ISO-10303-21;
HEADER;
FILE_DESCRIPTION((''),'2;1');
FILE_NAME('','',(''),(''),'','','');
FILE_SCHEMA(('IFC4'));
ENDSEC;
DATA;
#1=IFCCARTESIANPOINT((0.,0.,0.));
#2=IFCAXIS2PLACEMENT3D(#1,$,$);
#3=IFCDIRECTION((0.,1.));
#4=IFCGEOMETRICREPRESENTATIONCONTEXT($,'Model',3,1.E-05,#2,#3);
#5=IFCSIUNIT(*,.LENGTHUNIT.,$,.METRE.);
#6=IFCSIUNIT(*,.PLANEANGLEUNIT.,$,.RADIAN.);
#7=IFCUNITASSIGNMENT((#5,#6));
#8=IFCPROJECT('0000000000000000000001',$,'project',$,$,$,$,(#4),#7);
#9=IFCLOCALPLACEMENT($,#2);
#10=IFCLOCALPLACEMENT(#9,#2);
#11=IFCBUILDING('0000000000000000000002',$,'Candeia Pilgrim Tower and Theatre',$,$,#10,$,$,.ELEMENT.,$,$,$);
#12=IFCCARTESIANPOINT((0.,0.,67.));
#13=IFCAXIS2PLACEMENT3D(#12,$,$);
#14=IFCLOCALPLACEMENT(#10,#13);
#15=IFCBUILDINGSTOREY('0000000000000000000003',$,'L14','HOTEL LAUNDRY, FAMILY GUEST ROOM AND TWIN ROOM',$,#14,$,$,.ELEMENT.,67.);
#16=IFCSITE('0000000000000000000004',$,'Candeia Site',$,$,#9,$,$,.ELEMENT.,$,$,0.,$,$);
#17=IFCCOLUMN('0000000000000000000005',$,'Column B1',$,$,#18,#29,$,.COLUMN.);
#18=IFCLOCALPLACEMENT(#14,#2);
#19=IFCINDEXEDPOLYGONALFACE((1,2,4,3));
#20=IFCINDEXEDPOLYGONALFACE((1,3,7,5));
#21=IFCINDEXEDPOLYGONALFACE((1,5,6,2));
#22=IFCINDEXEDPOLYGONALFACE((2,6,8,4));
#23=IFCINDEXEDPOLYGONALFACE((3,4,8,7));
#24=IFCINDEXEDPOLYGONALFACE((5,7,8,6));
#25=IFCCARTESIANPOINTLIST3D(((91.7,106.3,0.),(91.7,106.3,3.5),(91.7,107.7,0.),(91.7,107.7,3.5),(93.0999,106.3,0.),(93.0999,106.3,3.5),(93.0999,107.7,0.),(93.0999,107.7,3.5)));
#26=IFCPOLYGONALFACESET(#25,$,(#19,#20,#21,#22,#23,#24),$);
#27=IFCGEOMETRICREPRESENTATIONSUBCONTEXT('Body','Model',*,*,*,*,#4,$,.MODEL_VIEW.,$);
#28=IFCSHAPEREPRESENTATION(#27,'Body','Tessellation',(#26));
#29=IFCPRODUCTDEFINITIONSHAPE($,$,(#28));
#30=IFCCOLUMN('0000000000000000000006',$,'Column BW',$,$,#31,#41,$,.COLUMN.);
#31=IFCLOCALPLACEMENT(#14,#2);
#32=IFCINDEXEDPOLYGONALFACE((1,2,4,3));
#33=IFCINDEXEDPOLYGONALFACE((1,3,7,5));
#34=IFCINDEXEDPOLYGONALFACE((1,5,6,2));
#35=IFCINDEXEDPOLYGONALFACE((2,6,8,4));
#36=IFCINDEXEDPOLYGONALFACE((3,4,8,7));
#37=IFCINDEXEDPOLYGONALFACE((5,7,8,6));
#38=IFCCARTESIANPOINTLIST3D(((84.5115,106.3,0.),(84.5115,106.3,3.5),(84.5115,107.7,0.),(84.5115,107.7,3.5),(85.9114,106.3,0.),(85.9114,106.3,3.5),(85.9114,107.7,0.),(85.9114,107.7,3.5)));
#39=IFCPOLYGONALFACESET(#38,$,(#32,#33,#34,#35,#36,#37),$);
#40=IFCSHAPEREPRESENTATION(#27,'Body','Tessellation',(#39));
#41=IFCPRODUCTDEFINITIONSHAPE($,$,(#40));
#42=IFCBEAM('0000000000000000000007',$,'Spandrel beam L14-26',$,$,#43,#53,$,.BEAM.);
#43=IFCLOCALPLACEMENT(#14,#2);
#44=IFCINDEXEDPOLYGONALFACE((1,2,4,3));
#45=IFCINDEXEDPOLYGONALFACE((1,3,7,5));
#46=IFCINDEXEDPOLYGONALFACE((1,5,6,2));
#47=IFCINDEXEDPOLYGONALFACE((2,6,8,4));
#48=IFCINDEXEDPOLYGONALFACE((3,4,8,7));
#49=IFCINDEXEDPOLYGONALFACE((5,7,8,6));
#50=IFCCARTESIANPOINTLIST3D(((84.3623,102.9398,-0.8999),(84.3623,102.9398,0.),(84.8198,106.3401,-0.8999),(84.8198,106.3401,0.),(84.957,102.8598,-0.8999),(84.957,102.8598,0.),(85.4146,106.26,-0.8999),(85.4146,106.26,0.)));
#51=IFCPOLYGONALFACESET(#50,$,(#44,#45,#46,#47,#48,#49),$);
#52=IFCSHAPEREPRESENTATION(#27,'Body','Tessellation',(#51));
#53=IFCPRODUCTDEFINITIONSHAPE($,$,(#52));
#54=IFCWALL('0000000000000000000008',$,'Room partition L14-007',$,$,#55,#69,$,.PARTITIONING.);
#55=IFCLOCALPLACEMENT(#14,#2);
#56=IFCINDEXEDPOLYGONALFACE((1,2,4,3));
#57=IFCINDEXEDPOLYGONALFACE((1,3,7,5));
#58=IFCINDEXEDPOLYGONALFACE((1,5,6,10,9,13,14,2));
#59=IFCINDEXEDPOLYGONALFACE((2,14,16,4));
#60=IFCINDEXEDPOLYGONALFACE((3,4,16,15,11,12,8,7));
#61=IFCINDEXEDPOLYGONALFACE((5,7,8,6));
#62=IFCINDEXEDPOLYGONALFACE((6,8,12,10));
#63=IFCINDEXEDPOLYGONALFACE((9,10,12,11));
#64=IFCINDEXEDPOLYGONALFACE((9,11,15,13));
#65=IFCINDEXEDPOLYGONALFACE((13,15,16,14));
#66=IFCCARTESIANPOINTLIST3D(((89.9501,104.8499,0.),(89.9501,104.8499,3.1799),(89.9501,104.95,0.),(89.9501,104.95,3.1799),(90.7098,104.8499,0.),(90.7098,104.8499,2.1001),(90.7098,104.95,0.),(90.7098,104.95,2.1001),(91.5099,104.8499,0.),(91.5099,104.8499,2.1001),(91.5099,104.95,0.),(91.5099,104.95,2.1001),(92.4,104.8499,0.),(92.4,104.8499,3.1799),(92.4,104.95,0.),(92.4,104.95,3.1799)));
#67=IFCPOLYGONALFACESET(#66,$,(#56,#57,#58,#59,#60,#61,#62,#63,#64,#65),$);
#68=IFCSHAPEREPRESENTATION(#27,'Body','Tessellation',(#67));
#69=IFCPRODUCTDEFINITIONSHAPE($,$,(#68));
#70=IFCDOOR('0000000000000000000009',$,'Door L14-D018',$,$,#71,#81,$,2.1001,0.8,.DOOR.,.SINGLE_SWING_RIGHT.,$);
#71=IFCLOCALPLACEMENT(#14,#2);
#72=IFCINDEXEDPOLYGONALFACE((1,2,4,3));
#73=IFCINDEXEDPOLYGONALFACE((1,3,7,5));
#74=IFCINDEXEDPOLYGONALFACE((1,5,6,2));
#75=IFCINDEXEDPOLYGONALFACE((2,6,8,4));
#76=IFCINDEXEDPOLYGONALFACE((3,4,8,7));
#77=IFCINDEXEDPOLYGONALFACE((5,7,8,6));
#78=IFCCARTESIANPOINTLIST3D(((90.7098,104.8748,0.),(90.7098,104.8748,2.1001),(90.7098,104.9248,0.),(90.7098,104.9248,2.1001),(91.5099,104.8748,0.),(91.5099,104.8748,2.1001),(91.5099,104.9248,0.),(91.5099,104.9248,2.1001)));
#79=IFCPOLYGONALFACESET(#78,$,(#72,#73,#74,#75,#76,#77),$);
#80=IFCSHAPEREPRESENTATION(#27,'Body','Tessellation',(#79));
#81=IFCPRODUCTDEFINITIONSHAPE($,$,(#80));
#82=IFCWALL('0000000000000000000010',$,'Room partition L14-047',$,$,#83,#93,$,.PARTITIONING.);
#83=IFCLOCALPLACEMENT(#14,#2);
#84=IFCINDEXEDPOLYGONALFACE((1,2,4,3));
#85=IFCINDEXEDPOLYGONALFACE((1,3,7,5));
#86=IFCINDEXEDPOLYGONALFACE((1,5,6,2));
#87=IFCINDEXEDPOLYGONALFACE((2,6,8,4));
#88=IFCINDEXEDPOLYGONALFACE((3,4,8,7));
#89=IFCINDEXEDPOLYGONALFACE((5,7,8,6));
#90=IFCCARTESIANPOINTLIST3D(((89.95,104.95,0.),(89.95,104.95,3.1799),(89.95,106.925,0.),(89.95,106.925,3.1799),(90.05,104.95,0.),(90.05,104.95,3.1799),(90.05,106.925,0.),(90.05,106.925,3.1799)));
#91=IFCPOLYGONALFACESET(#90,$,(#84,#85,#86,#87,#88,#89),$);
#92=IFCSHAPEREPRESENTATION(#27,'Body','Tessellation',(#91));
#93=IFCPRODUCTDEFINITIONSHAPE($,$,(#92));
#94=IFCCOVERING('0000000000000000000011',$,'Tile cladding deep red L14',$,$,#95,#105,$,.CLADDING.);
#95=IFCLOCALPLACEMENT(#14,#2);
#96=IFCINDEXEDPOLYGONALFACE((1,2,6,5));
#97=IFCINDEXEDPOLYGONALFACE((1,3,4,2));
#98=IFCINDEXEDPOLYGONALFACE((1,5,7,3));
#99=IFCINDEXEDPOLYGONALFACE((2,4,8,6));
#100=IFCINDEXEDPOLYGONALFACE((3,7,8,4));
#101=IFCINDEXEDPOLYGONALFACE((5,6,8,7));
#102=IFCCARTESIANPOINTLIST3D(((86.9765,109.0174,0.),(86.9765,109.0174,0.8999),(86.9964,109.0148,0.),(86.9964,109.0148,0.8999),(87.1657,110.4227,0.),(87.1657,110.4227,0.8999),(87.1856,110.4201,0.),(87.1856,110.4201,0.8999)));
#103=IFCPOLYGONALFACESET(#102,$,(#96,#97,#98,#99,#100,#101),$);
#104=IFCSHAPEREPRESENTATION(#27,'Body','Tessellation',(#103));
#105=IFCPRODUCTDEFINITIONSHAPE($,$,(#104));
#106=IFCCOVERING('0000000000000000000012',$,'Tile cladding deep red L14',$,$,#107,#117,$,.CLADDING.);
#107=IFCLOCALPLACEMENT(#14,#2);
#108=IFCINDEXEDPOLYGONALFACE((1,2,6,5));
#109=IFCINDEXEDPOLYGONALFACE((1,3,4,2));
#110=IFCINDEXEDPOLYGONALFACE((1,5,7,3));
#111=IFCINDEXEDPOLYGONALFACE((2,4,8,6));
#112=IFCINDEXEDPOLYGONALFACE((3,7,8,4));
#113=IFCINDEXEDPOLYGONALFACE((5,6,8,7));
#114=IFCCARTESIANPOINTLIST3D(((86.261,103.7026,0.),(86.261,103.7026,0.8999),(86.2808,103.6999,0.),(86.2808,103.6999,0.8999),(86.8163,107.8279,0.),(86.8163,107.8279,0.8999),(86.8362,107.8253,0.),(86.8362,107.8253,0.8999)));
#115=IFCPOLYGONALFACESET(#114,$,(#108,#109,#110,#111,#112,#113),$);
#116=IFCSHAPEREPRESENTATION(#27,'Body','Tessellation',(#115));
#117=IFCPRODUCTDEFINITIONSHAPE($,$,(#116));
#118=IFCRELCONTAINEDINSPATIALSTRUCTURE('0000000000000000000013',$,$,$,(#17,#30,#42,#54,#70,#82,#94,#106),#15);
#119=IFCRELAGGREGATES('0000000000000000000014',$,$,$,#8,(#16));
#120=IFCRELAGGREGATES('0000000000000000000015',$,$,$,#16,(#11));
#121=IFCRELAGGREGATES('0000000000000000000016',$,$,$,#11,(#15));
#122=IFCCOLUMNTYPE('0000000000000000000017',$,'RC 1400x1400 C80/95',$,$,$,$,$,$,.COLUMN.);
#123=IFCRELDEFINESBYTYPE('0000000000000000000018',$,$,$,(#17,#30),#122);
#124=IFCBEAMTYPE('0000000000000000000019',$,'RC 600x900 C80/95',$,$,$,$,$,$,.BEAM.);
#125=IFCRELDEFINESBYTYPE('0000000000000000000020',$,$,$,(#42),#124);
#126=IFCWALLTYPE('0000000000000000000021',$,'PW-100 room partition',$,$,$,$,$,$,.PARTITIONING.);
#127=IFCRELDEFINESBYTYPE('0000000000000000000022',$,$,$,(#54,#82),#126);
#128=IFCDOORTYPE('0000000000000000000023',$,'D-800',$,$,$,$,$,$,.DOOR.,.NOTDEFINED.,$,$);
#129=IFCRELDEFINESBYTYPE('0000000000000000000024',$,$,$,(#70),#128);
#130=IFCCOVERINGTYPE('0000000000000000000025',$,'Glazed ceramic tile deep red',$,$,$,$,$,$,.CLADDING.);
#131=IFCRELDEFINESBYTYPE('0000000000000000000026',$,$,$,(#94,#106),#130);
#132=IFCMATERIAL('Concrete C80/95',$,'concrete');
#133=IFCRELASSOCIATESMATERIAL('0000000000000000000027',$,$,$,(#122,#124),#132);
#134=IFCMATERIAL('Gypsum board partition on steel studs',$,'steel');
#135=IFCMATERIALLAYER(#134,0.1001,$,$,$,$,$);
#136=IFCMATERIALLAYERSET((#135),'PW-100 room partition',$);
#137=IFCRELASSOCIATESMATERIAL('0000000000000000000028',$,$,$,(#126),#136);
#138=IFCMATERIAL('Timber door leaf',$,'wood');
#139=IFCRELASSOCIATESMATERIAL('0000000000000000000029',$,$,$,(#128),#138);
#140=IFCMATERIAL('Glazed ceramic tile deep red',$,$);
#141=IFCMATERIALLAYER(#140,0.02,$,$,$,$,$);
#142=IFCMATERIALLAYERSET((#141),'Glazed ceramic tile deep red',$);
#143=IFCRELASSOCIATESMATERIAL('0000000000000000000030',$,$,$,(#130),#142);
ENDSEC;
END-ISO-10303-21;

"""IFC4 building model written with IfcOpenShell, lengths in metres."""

from ifc_helpers import new_model, si_unit, direction, frame, frame_2d, origin, origin_2d, place, context, subcontext, project, spatial, rectangle, extrude, material, layer, layer_set, material_profile, profile_set, type_object, element, fill, save


model = new_model("IFC4")

# Units and contexts
model_context = context("Model", 3, precision=1e-05, world=origin(), true_north=direction((0.0, 1.0)))
body_context = subcontext(model_context, "Body", "Model", "MODEL_VIEW")
ifc_project = project(units=[si_unit("LENGTHUNIT", "METRE"), si_unit("PLANEANGLEUNIT", "RADIAN")], contexts=[model_context])

# Site, building, storey
site_placement = place(None, origin())
site = spatial("IfcSite", under=ifc_project, at=site_placement, Name="Candeia Site", CompositionType="ELEMENT", RefElevation=0.0)
building_placement = place(site_placement, origin())
building = spatial("IfcBuilding", under=site, at=building_placement, Name="Candeia Pilgrim Tower and Theatre", CompositionType="ELEMENT")
storey_placement = place(building_placement, frame((0.0, 0.0, 67.0)))
storey = spatial("IfcBuildingStorey", under=building, at=storey_placement, Name="L14", Description="HOTEL LAUNDRY, FAMILY GUEST ROOM AND TWIN ROOM", CompositionType="ELEMENT", Elevation=67.0)

# Columns
ifc_material_1 = material(Name="Concrete C80/95", Category="concrete")
ifc_material_profile_1 = material_profile(ifc_material_1, rectangle(XDim=1.3999, YDim=1.3999, at=origin_2d()))
ifc_profile_set_1 = profile_set([ifc_material_profile_1], Name="Concrete C80/95")
column_type = type_object("IfcColumnType", Name="RC 1400x1400 C80/95", PredefinedType="COLUMN", material=ifc_profile_set_1)
for number, where, z_axis, x_axis, name in (
    (1, (92.3999, 107.0, 0.0), (0.0, 0.0, 1.0), (1.0, 0.0, 0.0), "Column B1"),
    (2, (85.2114, 107.0, 0.0), (0.0, 0.0, 1.0), (1.0, 0.0, 0.0), "Column BW"),
):
    element("IfcColumn", number, at=place(storey_placement, frame(where, z_axis=z_axis, x_axis=x_axis)), inside=storey, type_object=column_type, Name=name, PredefinedType="COLUMN", context=body_context, shape_type="SweptSolid", body=[
        extrude(rectangle(XDim=1.3999, YDim=1.3999, at=origin_2d()), origin(), (0.0, 0.0, 1.0), 3.5),
    ])

# Beam
ifc_material_profile_2 = material_profile(ifc_material_1, rectangle(XDim=0.6001, YDim=0.8999, at=origin_2d()))
ifc_profile_set_2 = profile_set([ifc_material_profile_2], Name="Concrete C80/95")
beam_type = type_object("IfcBeamType", Name="RC 600x900 C80/95", PredefinedType="BEAM", material=ifc_profile_set_2)
beam_placement = place(storey_placement, frame((85.1172, 106.3, -0.45), z_axis=(-0.133357, -0.991068, 0.0), x_axis=(0.991068, -0.133357, 0.0)))
element("IfcBeam", 3, at=beam_placement, inside=storey, type_object=beam_type, Name="Spandrel beam L14-26", PredefinedType="BEAM", context=body_context, shape_type="SweptSolid", body=[
    extrude(rectangle(XDim=0.6001, YDim=0.8999, at=origin_2d()), origin(), (0.0, 0.0, 1.0), 3.4309),
])

# Wall, opening, door
ifc_material_2 = material(Name="Gypsum board partition on steel studs", Category="steel")
ifc_layer_1 = layer(ifc_material_2, 0.1001)
ifc_layer_set_1 = layer_set([ifc_layer_1], Name="PW-100 room partition")
wall_type_1 = type_object("IfcWallType", Name="PW-100 room partition", PredefinedType="PARTITIONING", material=ifc_layer_set_1)
wall_1_placement = place(storey_placement, frame((89.95, 104.8999, 0.0), z_axis=(0.0, 0.0, 1.0), x_axis=(1.0, 0.0, 0.0)))
wall_1 = element("IfcWall", 4, at=wall_1_placement, inside=storey, type_object=wall_type_1, Name="Room partition L14-007", PredefinedType="PARTITIONING", context=body_context, shape_type="SweptSolid", body=[
    extrude(rectangle(XDim=2.45, YDim=0.1001, at=frame_2d((1.2251, 0.0))), origin(), (0.0, 0.0, 1.0), 3.1799),
])
opening_1_placement = place(wall_1_placement, frame((0.76, 0.0, 0.0)))
opening_1 = element("IfcOpeningElement", 5, at=opening_1_placement, cuts=wall_1, PredefinedType="OPENING", context=body_context, shape_type="SweptSolid", body=[
    extrude(rectangle(XDim=0.8, YDim=2.1001, at=frame_2d((0.3999, 1.05))), frame((0.0, 0.0601, 0.0), z_axis=(0.0, -1.0, 0.0), x_axis=(1.0, 0.0, 0.0)), (0.0, 0.0, 1.0), 0.1201),
])
ifc_material_3 = material(Name="Timber door leaf", Category="wood")
door_type_1 = type_object("IfcDoorType", Name="D-800", OperationType="NOTDEFINED", PredefinedType="DOOR", material=ifc_material_3)
door_1_placement = place(opening_1_placement, origin())
door_1 = element("IfcDoor", 6, at=door_1_placement, inside=storey, type_object=door_type_1, Name="Door L14-D018", OperationType="SINGLE_SWING_RIGHT", OverallHeight=2.1001, OverallWidth=0.8, PredefinedType="DOOR", context=body_context, shape_type="SweptSolid", body=[
    extrude(rectangle(XDim=0.8, YDim=2.1001, at=frame_2d((0.3999, 1.05))), frame((0.0, 0.0249, 0.0), z_axis=(0.0, -1.0, 0.0), x_axis=(1.0, 0.0, 0.0)), (0.0, 0.0, 1.0), 0.05),
])
fill(opening_1, door_1)

# Wall
wall_2_placement = place(storey_placement, frame((90.0, 104.95, 0.0), z_axis=(0.0, 0.0, 1.0), x_axis=(0.0, 1.0, 0.0)))
element("IfcWall", 7, at=wall_2_placement, inside=storey, type_object=wall_type_1, Name="Room partition L14-047", PredefinedType="PARTITIONING", context=body_context, shape_type="SweptSolid", body=[
    extrude(rectangle(XDim=1.9751, YDim=0.1001, at=frame_2d((0.9875, 0.0))), origin(), (0.0, 0.0, 1.0), 3.1799),
])

# Coverings
ifc_material_4 = material(Name="Glazed ceramic tile deep red")
ifc_layer_2 = layer(ifc_material_4, 0.02)
ifc_layer_set_2 = layer_set([ifc_layer_2], Name="Glazed ceramic tile deep red")
covering_type = type_object("IfcCoveringType", Name="Glazed ceramic tile deep red", PredefinedType="CLADDING", material=ifc_layer_set_2)
covering_1_placement = place(storey_placement, frame((87.0811, 109.7188, 0.0), z_axis=(0.0, 0.0, 1.0), x_axis=(-0.133412, -0.991061, 0.0)))
element("IfcCovering", 8, at=covering_1_placement, inside=storey, type_object=covering_type, Name="Tile cladding deep red L14", PredefinedType="CLADDING", context=body_context, shape_type="SweptSolid", body=[
    extrude(rectangle(XDim=1.418, YDim=0.02, at=origin_2d()), origin(), (0.0, 0.0, 1.0), 0.8999),
])
covering_2_placement = place(storey_placement, frame((86.5486, 105.7639, 0.0), z_axis=(0.0, 0.0, 1.0), x_axis=(-0.133412, -0.991061, 0.0)))
element("IfcCovering", 9, at=covering_2_placement, inside=storey, type_object=covering_type, Name="Tile cladding deep red L14", PredefinedType="CLADDING", context=body_context, shape_type="SweptSolid", body=[
    extrude(rectangle(XDim=4.1626, YDim=0.02, at=origin_2d()), origin(), (0.0, 0.0, 1.0), 0.8999),
])

save(model, "model.ifc")
